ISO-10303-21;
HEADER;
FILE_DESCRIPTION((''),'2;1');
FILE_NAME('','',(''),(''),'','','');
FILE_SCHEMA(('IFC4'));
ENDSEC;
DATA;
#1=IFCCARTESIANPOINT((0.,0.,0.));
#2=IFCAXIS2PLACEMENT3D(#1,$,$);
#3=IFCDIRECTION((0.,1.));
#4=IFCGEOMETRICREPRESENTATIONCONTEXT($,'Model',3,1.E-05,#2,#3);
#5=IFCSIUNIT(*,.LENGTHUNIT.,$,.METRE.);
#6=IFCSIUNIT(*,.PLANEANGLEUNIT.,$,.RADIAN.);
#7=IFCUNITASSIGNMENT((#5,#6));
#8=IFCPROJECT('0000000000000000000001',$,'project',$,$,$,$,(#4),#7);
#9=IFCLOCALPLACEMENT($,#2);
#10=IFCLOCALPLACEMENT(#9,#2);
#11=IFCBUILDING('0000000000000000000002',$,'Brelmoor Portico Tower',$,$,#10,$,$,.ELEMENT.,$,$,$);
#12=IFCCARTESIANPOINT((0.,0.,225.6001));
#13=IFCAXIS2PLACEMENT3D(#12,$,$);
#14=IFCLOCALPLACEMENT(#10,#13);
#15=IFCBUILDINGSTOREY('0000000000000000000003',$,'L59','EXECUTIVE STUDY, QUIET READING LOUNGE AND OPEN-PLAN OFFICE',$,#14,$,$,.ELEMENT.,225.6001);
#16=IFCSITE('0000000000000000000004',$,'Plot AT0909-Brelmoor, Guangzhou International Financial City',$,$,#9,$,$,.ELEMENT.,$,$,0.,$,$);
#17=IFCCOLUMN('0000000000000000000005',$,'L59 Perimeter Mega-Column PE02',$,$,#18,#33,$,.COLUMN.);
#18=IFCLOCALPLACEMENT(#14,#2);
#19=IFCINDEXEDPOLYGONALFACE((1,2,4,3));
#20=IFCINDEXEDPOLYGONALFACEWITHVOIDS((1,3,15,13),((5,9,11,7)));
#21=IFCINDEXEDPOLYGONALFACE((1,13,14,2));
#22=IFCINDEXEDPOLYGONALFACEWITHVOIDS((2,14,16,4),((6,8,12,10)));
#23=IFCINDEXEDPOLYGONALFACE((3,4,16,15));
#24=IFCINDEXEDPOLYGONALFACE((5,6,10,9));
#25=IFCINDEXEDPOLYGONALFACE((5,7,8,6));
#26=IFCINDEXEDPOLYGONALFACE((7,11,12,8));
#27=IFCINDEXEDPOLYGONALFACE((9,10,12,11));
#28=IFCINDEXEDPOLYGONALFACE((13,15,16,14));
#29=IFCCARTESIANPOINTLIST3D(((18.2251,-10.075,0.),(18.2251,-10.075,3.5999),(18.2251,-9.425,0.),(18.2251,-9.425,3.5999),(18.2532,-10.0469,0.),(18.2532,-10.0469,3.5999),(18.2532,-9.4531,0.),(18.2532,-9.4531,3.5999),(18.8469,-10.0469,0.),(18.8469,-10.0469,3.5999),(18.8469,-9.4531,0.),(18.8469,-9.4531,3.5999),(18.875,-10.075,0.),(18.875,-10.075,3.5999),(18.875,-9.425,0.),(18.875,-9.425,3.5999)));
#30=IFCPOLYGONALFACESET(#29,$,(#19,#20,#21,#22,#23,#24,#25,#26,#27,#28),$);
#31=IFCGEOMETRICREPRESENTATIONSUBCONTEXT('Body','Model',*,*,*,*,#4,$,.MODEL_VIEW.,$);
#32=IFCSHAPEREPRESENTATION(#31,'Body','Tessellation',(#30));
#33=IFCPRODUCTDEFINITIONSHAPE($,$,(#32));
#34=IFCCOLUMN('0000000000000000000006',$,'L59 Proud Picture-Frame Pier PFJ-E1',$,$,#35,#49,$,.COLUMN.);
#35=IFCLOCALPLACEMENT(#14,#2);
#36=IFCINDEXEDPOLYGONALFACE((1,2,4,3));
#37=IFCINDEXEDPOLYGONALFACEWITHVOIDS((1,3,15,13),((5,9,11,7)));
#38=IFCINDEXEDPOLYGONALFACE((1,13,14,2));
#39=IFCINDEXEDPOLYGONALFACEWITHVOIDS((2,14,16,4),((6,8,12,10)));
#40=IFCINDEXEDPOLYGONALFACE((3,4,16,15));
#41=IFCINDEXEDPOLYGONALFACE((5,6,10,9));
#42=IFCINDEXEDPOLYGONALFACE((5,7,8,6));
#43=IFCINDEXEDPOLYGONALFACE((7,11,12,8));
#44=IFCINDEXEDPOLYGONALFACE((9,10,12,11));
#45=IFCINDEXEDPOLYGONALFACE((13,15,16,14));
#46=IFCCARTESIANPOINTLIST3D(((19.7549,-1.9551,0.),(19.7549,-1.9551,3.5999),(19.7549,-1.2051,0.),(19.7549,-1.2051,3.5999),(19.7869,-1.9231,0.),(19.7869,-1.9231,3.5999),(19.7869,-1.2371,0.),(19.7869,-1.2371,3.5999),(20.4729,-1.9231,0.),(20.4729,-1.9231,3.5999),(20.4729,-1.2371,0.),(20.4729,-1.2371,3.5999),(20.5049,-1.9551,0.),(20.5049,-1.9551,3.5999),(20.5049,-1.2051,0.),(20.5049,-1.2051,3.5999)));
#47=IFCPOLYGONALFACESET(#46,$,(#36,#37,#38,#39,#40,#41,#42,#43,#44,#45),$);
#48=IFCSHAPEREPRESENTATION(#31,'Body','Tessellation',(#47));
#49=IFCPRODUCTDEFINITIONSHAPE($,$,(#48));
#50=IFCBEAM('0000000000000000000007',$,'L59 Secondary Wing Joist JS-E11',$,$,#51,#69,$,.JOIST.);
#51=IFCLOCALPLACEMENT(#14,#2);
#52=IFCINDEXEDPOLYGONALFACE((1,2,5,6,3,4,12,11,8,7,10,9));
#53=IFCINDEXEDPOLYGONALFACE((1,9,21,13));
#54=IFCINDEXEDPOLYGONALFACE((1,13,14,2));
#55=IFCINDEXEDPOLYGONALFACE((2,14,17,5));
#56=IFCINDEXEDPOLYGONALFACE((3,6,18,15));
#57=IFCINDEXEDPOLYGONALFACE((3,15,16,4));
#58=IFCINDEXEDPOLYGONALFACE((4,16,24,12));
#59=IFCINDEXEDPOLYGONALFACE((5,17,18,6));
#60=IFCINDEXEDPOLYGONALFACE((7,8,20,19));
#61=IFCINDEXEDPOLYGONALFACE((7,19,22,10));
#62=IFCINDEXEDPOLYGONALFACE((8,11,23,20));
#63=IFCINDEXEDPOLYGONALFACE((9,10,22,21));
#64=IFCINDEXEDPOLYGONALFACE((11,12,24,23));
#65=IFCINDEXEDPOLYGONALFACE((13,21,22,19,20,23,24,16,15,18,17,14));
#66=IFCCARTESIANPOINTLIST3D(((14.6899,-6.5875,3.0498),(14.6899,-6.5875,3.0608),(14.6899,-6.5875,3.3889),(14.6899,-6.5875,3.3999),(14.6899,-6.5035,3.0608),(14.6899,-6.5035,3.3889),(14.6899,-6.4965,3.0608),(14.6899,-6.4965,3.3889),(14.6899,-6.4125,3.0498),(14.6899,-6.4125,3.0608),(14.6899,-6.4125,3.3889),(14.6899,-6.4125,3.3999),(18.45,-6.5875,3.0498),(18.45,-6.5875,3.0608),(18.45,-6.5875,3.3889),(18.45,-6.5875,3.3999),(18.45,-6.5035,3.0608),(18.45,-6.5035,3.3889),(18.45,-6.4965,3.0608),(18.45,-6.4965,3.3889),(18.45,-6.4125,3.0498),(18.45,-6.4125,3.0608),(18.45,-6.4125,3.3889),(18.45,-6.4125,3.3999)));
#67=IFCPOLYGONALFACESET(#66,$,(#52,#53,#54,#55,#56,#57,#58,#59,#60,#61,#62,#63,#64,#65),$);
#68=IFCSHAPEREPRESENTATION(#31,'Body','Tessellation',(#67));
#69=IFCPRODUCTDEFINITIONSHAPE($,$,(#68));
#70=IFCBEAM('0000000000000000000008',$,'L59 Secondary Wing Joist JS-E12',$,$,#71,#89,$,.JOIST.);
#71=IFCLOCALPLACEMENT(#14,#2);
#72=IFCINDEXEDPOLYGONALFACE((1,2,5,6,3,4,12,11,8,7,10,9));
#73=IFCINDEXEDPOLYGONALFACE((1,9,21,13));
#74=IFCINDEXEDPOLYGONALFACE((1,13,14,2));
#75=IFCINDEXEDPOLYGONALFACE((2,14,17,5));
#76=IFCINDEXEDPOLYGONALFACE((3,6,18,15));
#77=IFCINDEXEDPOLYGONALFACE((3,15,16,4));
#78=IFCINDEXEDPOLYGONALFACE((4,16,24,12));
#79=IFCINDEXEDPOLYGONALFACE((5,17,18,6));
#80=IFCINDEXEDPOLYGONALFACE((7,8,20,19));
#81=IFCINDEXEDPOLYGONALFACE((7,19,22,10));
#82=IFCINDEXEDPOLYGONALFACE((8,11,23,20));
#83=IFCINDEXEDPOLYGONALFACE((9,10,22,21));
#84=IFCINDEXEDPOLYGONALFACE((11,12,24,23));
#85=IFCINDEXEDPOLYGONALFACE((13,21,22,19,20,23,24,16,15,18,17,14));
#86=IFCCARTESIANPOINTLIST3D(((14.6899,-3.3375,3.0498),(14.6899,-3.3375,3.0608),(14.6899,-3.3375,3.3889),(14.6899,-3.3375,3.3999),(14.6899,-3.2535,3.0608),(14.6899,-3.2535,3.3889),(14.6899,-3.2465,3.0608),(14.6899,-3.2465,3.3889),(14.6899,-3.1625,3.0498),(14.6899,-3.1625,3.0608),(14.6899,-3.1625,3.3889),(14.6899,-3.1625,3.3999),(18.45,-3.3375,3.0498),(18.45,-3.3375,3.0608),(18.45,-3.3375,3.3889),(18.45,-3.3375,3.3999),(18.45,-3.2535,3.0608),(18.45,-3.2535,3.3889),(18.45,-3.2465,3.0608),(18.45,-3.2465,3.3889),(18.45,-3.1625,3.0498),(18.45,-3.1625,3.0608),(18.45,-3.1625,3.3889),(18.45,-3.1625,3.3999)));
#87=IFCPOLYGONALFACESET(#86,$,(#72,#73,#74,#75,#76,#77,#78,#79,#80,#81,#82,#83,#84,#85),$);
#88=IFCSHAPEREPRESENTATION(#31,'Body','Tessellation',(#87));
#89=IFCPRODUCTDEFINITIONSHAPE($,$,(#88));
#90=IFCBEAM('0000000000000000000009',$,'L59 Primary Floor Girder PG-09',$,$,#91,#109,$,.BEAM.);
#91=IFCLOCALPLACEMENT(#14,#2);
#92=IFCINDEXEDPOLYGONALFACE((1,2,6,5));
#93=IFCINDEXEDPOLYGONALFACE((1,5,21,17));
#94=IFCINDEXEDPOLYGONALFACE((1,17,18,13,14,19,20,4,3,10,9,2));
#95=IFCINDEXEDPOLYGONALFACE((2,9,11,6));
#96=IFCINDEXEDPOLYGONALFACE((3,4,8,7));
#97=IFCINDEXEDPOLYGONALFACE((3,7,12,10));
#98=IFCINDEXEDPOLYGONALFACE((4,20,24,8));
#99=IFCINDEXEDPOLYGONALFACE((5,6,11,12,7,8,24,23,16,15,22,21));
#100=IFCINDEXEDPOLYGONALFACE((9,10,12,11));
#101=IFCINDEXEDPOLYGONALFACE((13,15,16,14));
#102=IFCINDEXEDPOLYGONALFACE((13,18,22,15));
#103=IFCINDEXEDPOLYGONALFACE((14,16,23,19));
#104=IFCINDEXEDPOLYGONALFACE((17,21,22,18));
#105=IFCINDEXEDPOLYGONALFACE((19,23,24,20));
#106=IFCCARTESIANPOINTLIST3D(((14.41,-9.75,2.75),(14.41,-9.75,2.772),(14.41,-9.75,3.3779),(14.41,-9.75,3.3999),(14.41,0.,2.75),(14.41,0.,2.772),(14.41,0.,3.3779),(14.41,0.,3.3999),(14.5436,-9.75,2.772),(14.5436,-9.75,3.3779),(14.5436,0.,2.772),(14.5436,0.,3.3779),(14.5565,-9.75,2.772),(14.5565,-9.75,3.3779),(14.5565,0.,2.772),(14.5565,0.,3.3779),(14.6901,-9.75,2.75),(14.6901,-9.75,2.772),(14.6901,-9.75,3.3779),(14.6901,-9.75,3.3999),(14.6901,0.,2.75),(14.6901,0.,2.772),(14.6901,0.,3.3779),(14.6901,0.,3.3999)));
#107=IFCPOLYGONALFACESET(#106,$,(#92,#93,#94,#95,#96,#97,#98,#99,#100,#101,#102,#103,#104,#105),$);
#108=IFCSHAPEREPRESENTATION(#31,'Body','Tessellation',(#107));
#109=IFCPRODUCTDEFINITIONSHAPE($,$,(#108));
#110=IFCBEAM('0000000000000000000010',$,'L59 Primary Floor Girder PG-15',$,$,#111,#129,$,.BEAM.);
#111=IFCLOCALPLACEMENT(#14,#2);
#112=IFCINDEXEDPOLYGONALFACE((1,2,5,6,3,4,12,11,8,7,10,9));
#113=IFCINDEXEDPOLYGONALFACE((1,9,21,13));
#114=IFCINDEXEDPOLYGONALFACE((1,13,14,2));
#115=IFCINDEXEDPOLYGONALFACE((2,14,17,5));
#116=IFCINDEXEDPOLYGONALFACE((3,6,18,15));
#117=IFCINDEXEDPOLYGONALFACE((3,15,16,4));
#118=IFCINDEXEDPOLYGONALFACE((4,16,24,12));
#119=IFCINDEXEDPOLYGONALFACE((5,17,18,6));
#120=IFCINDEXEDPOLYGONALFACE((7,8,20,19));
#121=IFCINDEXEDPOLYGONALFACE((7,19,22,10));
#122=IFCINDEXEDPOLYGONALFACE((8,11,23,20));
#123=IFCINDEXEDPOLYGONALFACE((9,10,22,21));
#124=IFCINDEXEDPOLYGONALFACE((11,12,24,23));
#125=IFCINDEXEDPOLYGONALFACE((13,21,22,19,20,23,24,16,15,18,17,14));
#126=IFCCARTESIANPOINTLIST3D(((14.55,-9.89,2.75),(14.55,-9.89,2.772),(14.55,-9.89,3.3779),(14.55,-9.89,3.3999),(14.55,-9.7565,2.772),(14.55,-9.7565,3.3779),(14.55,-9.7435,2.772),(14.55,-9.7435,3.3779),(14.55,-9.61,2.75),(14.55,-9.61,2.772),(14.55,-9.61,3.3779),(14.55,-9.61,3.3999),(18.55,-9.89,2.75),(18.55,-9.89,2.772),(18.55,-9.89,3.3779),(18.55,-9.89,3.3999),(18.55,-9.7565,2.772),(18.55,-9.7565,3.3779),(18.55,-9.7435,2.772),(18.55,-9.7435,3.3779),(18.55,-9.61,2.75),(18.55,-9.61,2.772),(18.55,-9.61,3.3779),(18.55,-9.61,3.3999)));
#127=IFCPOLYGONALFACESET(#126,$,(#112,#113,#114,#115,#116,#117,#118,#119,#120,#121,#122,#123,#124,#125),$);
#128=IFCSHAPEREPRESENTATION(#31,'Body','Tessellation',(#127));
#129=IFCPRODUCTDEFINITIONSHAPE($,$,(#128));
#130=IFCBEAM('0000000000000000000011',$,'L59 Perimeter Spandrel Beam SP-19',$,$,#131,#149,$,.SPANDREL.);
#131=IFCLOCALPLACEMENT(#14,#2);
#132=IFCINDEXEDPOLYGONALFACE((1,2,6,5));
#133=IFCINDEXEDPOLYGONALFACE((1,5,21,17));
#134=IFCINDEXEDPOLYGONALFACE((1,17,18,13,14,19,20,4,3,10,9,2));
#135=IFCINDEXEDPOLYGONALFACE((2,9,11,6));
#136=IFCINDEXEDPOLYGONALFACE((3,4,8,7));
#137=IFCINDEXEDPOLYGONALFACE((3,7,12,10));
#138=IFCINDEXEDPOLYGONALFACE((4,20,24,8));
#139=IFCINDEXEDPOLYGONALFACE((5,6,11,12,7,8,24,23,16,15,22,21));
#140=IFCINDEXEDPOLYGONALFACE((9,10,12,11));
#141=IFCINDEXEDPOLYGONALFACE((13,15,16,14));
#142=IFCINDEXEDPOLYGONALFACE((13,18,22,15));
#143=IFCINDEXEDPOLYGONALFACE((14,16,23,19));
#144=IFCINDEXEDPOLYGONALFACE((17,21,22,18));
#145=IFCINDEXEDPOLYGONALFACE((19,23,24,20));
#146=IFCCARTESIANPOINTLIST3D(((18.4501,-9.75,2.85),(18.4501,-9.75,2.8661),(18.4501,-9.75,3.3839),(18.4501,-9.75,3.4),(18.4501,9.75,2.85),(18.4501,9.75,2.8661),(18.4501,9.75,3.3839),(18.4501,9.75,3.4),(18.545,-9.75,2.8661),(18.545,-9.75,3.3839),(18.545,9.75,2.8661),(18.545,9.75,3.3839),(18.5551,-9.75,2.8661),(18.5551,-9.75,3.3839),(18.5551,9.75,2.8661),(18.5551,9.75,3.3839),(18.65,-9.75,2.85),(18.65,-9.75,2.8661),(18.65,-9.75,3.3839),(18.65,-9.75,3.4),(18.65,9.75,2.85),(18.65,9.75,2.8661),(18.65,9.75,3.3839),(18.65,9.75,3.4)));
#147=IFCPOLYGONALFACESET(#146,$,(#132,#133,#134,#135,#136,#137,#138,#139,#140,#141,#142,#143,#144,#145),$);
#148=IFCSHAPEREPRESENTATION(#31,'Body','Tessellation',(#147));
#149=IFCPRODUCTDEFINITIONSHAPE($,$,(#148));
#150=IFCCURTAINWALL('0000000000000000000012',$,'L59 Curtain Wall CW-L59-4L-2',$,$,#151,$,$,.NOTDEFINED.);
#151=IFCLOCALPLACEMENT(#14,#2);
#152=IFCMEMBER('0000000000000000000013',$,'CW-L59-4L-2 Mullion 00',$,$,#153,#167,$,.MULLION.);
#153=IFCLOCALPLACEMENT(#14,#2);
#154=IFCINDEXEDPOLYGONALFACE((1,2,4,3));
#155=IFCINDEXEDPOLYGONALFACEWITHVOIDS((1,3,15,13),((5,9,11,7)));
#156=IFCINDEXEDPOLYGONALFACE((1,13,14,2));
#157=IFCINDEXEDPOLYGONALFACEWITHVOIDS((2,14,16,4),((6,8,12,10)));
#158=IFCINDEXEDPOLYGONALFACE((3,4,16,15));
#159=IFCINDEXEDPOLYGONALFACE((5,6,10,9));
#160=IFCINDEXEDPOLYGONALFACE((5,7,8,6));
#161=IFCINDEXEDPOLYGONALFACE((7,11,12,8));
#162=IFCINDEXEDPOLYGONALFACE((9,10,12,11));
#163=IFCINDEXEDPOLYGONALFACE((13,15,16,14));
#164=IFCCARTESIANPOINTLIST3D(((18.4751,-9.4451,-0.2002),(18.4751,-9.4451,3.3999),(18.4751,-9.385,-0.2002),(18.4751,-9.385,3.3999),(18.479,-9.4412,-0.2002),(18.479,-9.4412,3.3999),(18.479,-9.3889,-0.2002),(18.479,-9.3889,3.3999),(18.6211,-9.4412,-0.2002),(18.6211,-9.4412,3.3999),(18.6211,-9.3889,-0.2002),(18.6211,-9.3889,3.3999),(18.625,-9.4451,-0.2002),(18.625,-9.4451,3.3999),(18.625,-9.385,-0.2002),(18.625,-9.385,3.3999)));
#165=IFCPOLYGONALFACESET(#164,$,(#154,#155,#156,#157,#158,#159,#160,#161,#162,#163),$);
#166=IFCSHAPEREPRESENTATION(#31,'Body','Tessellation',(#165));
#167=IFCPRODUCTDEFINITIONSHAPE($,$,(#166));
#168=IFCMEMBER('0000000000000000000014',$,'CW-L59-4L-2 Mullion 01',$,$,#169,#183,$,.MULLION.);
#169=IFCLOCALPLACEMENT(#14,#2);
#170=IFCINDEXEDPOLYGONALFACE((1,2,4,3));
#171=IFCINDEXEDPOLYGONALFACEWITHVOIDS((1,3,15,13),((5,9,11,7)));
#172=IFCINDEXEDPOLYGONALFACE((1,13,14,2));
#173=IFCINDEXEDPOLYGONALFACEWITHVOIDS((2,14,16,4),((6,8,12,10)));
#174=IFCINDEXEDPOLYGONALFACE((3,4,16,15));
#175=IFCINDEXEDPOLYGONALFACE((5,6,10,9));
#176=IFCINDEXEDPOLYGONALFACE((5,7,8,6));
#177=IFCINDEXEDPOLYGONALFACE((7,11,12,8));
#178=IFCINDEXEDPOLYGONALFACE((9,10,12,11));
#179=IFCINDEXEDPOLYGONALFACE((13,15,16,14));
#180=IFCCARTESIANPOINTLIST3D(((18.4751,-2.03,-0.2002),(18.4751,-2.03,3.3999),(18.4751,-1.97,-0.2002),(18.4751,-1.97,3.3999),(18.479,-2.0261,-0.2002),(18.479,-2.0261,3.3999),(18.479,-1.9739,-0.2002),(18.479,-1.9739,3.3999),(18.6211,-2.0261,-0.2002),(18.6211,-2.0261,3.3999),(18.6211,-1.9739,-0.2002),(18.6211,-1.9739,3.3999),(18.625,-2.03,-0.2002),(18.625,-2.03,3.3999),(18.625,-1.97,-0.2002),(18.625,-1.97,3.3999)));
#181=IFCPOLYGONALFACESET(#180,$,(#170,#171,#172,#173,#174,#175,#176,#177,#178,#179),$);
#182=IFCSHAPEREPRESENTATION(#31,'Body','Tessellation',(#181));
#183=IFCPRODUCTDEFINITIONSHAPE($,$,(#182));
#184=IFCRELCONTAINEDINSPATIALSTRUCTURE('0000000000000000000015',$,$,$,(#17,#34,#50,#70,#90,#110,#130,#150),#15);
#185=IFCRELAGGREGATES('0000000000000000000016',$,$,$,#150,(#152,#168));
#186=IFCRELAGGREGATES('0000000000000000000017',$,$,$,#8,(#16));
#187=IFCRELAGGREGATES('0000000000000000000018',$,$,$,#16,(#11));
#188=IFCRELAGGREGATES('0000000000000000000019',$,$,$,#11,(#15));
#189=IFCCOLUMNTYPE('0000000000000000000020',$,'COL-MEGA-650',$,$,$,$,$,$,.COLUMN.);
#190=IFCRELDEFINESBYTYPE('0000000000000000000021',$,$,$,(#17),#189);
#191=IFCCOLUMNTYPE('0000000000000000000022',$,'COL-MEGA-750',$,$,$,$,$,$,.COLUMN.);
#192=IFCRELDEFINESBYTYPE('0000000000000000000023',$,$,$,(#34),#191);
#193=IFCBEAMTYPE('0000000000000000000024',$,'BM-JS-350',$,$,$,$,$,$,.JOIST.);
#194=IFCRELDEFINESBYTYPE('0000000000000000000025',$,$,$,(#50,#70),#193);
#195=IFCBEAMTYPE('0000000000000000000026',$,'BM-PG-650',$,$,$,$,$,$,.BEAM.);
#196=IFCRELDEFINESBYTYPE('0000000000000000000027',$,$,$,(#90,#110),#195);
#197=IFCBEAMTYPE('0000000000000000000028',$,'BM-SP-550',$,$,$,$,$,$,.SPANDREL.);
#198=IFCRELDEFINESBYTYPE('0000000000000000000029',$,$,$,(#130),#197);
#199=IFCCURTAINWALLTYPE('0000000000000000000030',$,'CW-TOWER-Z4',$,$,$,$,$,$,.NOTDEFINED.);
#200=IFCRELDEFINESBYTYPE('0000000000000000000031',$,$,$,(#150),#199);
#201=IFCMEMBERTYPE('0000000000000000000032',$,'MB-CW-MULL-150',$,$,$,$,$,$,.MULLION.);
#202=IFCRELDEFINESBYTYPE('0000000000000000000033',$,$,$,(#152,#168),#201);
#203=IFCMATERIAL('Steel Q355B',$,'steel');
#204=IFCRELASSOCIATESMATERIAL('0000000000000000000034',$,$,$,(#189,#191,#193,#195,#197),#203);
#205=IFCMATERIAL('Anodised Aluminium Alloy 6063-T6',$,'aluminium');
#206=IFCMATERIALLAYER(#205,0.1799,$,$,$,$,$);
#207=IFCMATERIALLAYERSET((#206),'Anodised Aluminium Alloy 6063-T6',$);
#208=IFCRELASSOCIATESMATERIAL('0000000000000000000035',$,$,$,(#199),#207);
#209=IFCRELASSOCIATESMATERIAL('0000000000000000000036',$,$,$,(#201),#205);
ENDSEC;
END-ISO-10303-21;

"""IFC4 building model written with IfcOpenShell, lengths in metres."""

from ifc_helpers import new_model, si_unit, direction, frame, origin, origin_2d, place, context, subcontext, project, spatial, hollow_rectangle, i_section, extrude, material, layer, layer_set, material_profile, profile_set, type_object, element, aggregate, save


model = new_model("IFC4")

# Units and contexts
model_context = context("Model", 3, precision=1e-05, world=origin(), true_north=direction((0.0, 1.0)))
body_context = subcontext(model_context, "Body", "Model", "MODEL_VIEW")
ifc_project = project(units=[si_unit("LENGTHUNIT", "METRE"), si_unit("PLANEANGLEUNIT", "RADIAN")], contexts=[model_context])

# Site, building, storey
site_placement = place(None, origin())
site = spatial("IfcSite", under=ifc_project, at=site_placement, Name="Plot AT0909-Brelmoor, Guangzhou International Financial City", CompositionType="ELEMENT", RefElevation=0.0)
building_placement = place(site_placement, origin())
building = spatial("IfcBuilding", under=site, at=building_placement, Name="Brelmoor Portico Tower", CompositionType="ELEMENT")
storey_placement = place(building_placement, frame((0.0, 0.0, 225.6001)))
storey = spatial("IfcBuildingStorey", under=building, at=storey_placement, Name="L59", Description="EXECUTIVE STUDY, QUIET READING LOUNGE AND OPEN-PLAN OFFICE", CompositionType="ELEMENT", Elevation=225.6001)

# Columns
ifc_material_1 = material(Name="Steel Q355B", Category="steel")
ifc_material_profile_1 = material_profile(ifc_material_1, hollow_rectangle(XDim=0.6499, YDim=0.6499, WallThickness=0.0281, at=origin_2d()), Name="BOX 650x650x28")
ifc_profile_set_1 = profile_set([ifc_material_profile_1], Name="Steel Q355B")
column_type_1 = type_object("IfcColumnType", Name="COL-MEGA-650", PredefinedType="COLUMN", material=ifc_profile_set_1)
column_1_placement = place(storey_placement, frame((18.55, -9.75, 0.0), z_axis=(0.0, 0.0, 1.0), x_axis=(0.0, 1.0, 0.0)))
element("IfcColumn", 1, at=column_1_placement, inside=storey, type_object=column_type_1, Name="L59 Perimeter Mega-Column PE02", PredefinedType="COLUMN", context=body_context, shape_type="SweptSolid", body=[
    extrude(hollow_rectangle(XDim=0.6499, YDim=0.6499, WallThickness=0.0281, at=origin_2d()), origin(), (0.0, 0.0, 1.0), 3.5999),
])
ifc_material_profile_2 = material_profile(ifc_material_1, hollow_rectangle(XDim=0.75, YDim=0.75, WallThickness=0.032, at=origin_2d()), Name="BOX 750x750x32")
ifc_profile_set_2 = profile_set([ifc_material_profile_2], Name="Steel Q355B")
column_type_2 = type_object("IfcColumnType", Name="COL-MEGA-750", PredefinedType="COLUMN", material=ifc_profile_set_2)
column_2_placement = place(storey_placement, frame((20.1299, -1.5801, 0.0), z_axis=(0.0, 0.0, 1.0), x_axis=(0.0, 1.0, 0.0)))
element("IfcColumn", 2, at=column_2_placement, inside=storey, type_object=column_type_2, Name="L59 Proud Picture-Frame Pier PFJ-E1", PredefinedType="COLUMN", context=body_context, shape_type="SweptSolid", body=[
    extrude(hollow_rectangle(XDim=0.75, YDim=0.75, WallThickness=0.032, at=origin_2d()), origin(), (0.0, 0.0, 1.0), 3.5999),
])

# Beams
ifc_material_profile_3 = material_profile(ifc_material_1, i_section(OverallWidth=0.175, OverallDepth=0.3501, WebThickness=0.0071, FlangeThickness=0.011, at=origin_2d()), Name="HN 350x175x7x11")
ifc_profile_set_3 = profile_set([ifc_material_profile_3], Name="Steel Q355B")
beam_type_1 = type_object("IfcBeamType", Name="BM-JS-350", PredefinedType="JOIST", material=ifc_profile_set_3)
for number, where, z_axis, x_axis, name in (
    (3, (14.6899, -6.5, 3.2249), (1.0, 0.0, 0.0), (0.0, 1.0, 0.0), "L59 Secondary Wing Joist JS-E11"),
    (4, (14.6899, -3.25, 3.2249), (1.0, 0.0, 0.0), (0.0, 1.0, 0.0), "L59 Secondary Wing Joist JS-E12"),
):
    element("IfcBeam", number, at=place(storey_placement, frame(where, z_axis=z_axis, x_axis=x_axis)), inside=storey, type_object=beam_type_1, Name=name, PredefinedType="JOIST", context=body_context, shape_type="SweptSolid", body=[
        extrude(i_section(OverallWidth=0.175, OverallDepth=0.3501, WebThickness=0.0071, FlangeThickness=0.011, at=origin_2d()), origin(), (0.0, 0.0, 1.0), 3.76),
    ])
ifc_material_profile_4 = material_profile(ifc_material_1, i_section(OverallWidth=0.28, OverallDepth=0.6499, WebThickness=0.0129, FlangeThickness=0.022, at=origin_2d()), Name="HN 650x280x13x22")
ifc_profile_set_4 = profile_set([ifc_material_profile_4], Name="Steel Q355B")
beam_type_2 = type_object("IfcBeamType", Name="BM-PG-650", PredefinedType="BEAM", material=ifc_profile_set_4)
beam_1_placement = place(storey_placement, frame((14.55, -9.75, 3.075), z_axis=(0.0, 1.0, 0.0), x_axis=(-1.0, 0.0, 0.0)))
element("IfcBeam", 5, at=beam_1_placement, inside=storey, type_object=beam_type_2, Name="L59 Primary Floor Girder PG-09", PredefinedType="BEAM", context=body_context, shape_type="SweptSolid", body=[
    extrude(i_section(OverallWidth=0.28, OverallDepth=0.6499, WebThickness=0.0129, FlangeThickness=0.022, at=origin_2d()), origin(), (0.0, 0.0, 1.0), 9.75),
])
beam_2_placement = place(storey_placement, frame((14.55, -9.75, 3.075), z_axis=(1.0, 0.0, 0.0), x_axis=(0.0, 1.0, 0.0)))
element("IfcBeam", 6, at=beam_2_placement, inside=storey, type_object=beam_type_2, Name="L59 Primary Floor Girder PG-15", PredefinedType="BEAM", context=body_context, shape_type="SweptSolid", body=[
    extrude(i_section(OverallWidth=0.28, OverallDepth=0.6499, WebThickness=0.0129, FlangeThickness=0.022, at=origin_2d()), origin(), (0.0, 0.0, 1.0), 4.0),
])
ifc_material_profile_5 = material_profile(ifc_material_1, i_section(OverallWidth=0.2, OverallDepth=0.55, WebThickness=0.01, FlangeThickness=0.0161, at=origin_2d()), Name="HN 550x200x10x16")
ifc_profile_set_5 = profile_set([ifc_material_profile_5], Name="Steel Q355B")
beam_type_3 = type_object("IfcBeamType", Name="BM-SP-550", PredefinedType="SPANDREL", material=ifc_profile_set_5)
beam_3_placement = place(storey_placement, frame((18.55, -9.75, 3.125), z_axis=(0.0, 1.0, 0.0), x_axis=(-1.0, 0.0, 0.0)))
element("IfcBeam", 7, at=beam_3_placement, inside=storey, type_object=beam_type_3, Name="L59 Perimeter Spandrel Beam SP-19", PredefinedType="SPANDREL", context=body_context, shape_type="SweptSolid", body=[
    extrude(i_section(OverallWidth=0.2, OverallDepth=0.55, WebThickness=0.01, FlangeThickness=0.0161, at=origin_2d()), origin(), (0.0, 0.0, 1.0), 19.5),
])

# Curtain wall, members
ifc_material_2 = material(Name="Anodised Aluminium Alloy 6063-T6", Category="aluminium")
ifc_layer_1 = layer(ifc_material_2, 0.1799)
ifc_layer_set_1 = layer_set([ifc_layer_1], Name="Anodised Aluminium Alloy 6063-T6")
curtain_wall_type = type_object("IfcCurtainWallType", Name="CW-TOWER-Z4", PredefinedType="NOTDEFINED", material=ifc_layer_set_1)
curtain_wall_placement = place(storey_placement, origin())
curtain_wall = element("IfcCurtainWall", 8, at=curtain_wall_placement, inside=storey, type_object=curtain_wall_type, Name="L59 Curtain Wall CW-L59-4L-2", PredefinedType="NOTDEFINED")
ifc_material_profile_6 = material_profile(ifc_material_2, hollow_rectangle(XDim=0.0601, YDim=0.1499, WallThickness=0.0039, at=origin_2d()), Name="ALU MULLION 60x150")
ifc_profile_set_6 = profile_set([ifc_material_profile_6], Name="Anodised Aluminium Alloy 6063-T6")
member_type_1 = type_object("IfcMemberType", Name="MB-CW-MULL-150", PredefinedType="MULLION", material=ifc_profile_set_6)
member_1_placement = place(storey_placement, frame((18.55, -9.415, -0.2002), z_axis=(0.0, 0.0, 1.0), x_axis=(0.0, 1.0, 0.0)))
member_1 = element("IfcMember", 9, at=member_1_placement, type_object=member_type_1, Name="CW-L59-4L-2 Mullion 00", PredefinedType="MULLION", context=body_context, shape_type="SweptSolid", body=[
    extrude(hollow_rectangle(XDim=0.0601, YDim=0.1499, WallThickness=0.0039, at=origin_2d()), origin(), (0.0, 0.0, 1.0), 3.6001),
])
member_2_placement = place(storey_placement, frame((18.55, -2.0, -0.2002), z_axis=(0.0, 0.0, 1.0), x_axis=(0.0, 1.0, 0.0)))
member_2 = element("IfcMember", 10, at=member_2_placement, type_object=member_type_1, Name="CW-L59-4L-2 Mullion 01", PredefinedType="MULLION", context=body_context, shape_type="SweptSolid", body=[
    extrude(hollow_rectangle(XDim=0.0601, YDim=0.1499, WallThickness=0.0039, at=origin_2d()), origin(), (0.0, 0.0, 1.0), 3.6001),
])

aggregate(curtain_wall, [member_1, member_2])

save(model, "model.ifc")
